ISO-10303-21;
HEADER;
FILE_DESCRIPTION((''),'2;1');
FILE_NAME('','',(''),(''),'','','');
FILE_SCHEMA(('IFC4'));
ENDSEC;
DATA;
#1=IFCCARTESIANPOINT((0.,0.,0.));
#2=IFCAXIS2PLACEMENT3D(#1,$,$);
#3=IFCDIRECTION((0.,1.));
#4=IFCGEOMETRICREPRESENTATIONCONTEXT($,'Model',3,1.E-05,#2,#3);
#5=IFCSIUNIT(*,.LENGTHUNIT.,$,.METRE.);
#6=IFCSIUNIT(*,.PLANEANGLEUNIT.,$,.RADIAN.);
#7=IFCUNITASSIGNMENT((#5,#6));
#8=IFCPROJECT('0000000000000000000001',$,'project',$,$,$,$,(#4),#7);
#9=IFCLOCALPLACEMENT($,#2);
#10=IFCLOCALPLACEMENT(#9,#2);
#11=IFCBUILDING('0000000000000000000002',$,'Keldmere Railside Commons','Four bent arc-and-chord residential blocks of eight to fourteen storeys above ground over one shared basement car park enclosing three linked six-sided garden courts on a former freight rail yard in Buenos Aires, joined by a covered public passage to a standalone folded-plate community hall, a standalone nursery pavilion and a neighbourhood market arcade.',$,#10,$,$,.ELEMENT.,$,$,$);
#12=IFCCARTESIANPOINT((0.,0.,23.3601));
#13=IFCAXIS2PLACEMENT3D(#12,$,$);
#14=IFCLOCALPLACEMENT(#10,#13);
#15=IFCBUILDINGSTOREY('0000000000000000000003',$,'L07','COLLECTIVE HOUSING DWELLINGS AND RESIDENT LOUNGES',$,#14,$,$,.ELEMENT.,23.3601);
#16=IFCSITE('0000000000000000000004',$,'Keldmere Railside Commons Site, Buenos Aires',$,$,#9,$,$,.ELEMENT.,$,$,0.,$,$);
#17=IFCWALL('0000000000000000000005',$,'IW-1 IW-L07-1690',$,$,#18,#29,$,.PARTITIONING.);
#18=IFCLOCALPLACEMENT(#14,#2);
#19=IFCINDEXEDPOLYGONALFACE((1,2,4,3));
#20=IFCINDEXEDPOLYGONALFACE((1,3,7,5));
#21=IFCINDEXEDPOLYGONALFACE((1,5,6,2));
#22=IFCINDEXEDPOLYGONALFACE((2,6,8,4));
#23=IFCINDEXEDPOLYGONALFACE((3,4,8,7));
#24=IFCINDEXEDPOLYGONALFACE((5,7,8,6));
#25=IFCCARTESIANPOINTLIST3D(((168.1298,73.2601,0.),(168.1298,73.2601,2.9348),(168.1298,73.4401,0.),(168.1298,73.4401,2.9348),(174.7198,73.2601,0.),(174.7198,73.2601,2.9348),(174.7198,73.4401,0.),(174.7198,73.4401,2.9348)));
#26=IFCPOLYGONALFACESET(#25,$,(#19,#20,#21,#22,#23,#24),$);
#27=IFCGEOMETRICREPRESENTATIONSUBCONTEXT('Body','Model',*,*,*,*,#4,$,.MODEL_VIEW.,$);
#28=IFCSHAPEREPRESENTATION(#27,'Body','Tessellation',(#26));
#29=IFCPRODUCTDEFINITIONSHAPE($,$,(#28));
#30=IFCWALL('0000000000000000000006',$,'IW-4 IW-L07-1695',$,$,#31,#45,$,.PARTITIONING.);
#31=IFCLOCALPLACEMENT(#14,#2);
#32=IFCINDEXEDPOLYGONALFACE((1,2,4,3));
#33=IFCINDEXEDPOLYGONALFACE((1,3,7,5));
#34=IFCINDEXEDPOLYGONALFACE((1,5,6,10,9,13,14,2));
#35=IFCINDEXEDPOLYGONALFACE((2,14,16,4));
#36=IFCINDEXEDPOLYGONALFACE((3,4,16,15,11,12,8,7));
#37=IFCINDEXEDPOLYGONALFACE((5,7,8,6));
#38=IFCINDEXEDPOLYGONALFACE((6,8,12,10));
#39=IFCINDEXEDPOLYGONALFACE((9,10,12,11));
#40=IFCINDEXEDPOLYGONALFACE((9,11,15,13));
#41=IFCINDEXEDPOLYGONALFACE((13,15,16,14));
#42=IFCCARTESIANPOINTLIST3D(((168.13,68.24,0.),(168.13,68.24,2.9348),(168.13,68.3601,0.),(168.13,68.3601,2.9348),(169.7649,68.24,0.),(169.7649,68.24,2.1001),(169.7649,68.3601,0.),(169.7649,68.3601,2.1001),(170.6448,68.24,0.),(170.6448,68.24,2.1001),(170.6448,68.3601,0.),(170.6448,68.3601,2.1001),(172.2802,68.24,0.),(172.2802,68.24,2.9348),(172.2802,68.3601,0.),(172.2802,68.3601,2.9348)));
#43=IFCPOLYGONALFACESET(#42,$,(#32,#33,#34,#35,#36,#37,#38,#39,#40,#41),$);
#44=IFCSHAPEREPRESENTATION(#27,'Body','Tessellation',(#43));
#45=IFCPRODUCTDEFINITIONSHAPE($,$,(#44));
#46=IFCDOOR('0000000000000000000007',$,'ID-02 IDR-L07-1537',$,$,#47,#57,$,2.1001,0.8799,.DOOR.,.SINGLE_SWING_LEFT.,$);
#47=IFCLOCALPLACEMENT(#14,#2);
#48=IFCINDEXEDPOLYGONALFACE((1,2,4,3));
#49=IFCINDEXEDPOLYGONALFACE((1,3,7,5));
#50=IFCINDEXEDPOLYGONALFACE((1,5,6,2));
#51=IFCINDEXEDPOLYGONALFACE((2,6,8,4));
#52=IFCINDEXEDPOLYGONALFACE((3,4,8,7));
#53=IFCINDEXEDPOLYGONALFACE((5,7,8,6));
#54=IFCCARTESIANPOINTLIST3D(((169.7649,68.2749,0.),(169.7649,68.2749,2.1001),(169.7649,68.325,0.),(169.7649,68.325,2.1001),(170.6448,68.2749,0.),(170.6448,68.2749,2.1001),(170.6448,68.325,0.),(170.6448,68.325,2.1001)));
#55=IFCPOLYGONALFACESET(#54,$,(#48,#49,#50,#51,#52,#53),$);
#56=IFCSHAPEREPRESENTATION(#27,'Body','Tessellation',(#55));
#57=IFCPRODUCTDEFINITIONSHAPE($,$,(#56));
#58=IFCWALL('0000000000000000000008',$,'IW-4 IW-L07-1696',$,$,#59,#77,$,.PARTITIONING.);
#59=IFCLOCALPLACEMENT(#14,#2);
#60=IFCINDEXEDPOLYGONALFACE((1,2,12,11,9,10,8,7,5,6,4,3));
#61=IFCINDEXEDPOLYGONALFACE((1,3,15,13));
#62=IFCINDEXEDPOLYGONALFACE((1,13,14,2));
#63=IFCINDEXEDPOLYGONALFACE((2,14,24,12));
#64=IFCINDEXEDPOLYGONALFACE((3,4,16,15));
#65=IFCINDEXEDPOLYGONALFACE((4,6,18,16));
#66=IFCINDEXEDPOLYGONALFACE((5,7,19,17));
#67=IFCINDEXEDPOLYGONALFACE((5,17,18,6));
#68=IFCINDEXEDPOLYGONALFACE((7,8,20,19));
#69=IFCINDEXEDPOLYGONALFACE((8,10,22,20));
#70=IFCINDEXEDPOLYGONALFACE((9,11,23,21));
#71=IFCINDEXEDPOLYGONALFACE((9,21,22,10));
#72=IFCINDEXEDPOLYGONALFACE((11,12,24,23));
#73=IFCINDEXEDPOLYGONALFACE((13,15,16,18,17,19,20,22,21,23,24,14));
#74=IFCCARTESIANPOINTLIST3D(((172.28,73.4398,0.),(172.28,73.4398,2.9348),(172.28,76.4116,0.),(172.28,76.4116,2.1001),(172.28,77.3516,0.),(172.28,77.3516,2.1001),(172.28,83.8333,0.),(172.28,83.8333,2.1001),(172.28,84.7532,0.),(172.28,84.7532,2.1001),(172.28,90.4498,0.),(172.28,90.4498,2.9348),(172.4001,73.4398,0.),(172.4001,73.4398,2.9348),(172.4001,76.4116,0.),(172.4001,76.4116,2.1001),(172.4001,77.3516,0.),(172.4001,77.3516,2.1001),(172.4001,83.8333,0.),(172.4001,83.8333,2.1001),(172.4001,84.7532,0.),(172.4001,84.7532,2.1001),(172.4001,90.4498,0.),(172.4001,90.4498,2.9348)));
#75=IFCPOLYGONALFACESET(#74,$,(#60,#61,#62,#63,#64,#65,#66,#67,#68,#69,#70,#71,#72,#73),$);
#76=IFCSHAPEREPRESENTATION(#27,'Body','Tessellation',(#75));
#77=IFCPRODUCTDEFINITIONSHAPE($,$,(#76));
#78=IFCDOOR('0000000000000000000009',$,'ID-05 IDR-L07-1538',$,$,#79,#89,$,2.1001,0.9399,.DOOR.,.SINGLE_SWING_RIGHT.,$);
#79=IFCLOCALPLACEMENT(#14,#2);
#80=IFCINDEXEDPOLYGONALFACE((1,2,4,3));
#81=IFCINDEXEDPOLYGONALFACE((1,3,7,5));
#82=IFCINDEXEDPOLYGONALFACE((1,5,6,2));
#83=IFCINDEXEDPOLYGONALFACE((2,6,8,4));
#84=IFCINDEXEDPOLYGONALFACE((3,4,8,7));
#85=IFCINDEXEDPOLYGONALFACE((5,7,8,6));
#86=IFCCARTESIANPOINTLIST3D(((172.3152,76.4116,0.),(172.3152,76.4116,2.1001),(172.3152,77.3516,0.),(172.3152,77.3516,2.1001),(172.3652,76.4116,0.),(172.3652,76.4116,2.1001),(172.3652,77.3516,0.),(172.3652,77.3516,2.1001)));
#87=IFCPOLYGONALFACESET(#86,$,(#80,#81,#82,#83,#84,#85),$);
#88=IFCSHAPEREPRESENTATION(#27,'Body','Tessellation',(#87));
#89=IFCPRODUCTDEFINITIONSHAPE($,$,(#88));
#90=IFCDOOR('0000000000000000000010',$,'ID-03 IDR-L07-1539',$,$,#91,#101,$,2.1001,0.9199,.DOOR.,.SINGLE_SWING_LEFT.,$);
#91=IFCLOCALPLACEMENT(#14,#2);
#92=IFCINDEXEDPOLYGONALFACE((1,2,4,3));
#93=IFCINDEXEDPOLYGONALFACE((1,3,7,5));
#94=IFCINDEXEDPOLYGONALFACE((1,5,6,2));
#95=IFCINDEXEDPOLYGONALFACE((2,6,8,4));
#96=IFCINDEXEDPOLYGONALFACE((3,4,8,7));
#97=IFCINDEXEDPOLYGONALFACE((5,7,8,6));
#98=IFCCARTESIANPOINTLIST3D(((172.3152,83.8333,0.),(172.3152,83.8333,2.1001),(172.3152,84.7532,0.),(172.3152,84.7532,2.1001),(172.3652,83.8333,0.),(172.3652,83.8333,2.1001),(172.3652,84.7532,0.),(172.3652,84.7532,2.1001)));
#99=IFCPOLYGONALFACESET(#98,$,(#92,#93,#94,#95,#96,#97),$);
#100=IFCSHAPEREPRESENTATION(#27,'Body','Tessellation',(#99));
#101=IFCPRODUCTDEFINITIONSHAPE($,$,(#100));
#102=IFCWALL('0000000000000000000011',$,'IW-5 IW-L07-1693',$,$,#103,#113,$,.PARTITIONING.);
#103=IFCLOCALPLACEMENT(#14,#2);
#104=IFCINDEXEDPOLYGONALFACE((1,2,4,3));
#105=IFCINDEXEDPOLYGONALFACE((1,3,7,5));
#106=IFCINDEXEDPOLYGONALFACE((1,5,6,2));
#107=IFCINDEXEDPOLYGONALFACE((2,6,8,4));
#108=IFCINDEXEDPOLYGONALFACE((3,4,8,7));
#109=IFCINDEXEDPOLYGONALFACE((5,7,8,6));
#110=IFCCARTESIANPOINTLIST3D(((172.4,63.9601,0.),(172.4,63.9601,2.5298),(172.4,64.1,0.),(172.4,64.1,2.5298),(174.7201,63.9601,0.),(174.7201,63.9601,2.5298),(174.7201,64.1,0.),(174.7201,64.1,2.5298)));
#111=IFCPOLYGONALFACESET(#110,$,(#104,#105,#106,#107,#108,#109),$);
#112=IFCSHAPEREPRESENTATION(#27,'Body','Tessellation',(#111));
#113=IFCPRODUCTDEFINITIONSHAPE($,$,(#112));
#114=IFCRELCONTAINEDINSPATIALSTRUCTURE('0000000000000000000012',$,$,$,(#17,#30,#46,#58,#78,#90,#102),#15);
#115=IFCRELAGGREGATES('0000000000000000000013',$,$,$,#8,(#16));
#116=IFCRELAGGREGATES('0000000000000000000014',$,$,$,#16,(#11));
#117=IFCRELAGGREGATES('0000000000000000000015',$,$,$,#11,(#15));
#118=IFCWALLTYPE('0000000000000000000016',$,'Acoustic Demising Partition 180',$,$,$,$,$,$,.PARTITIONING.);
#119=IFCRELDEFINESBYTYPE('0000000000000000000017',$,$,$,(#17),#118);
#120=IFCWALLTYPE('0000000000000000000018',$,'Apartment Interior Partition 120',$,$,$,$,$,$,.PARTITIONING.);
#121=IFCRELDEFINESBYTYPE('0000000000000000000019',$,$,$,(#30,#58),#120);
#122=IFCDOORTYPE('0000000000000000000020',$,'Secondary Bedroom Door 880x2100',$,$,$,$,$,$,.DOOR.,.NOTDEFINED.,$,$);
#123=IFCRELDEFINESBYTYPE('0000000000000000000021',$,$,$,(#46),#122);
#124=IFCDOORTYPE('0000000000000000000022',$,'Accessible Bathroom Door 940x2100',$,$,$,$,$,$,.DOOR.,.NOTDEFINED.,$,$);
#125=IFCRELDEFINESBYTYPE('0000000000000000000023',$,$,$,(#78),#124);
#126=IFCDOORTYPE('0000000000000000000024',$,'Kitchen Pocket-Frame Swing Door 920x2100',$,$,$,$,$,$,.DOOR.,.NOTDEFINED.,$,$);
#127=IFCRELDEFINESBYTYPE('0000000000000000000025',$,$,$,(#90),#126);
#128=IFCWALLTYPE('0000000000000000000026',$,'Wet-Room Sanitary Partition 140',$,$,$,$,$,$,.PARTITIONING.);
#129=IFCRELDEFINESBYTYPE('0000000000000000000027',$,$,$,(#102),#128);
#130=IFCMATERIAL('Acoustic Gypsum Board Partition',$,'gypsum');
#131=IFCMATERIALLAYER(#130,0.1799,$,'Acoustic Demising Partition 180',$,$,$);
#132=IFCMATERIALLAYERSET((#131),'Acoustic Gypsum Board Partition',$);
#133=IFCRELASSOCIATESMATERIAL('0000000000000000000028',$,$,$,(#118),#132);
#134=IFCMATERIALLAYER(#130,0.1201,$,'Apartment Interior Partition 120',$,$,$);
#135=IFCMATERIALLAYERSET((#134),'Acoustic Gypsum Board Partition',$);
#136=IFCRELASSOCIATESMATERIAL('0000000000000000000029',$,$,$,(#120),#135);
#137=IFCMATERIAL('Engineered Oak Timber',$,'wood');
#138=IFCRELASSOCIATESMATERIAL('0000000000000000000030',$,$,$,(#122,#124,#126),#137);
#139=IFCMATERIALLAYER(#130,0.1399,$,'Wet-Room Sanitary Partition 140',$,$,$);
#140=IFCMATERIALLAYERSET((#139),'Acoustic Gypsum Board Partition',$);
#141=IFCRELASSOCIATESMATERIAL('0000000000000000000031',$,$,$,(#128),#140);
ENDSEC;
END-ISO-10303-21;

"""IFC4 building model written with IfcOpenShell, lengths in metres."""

from ifc_helpers import new_model, si_unit, direction, frame, frame_2d, origin, place, context, subcontext, project, spatial, rectangle, extrude, material, layer, layer_set, type_object, element, fill, save


model = new_model("IFC4")

# Units and contexts
model_context = context("Model", 3, precision=1e-05, world=origin(), true_north=direction((0.0, 1.0)))
body_context = subcontext(model_context, "Body", "Model", "MODEL_VIEW")
ifc_project = project(units=[si_unit("LENGTHUNIT", "METRE"), si_unit("PLANEANGLEUNIT", "RADIAN")], contexts=[model_context])

# Site, building, storey
site_placement = place(None, origin())
site = spatial("IfcSite", under=ifc_project, at=site_placement, Name="Keldmere Railside Commons Site, Buenos Aires", CompositionType="ELEMENT", RefElevation=0.0)
building_placement = place(site_placement, origin())
building = spatial("IfcBuilding", under=site, at=building_placement, Name="Keldmere Railside Commons", Description="Four bent arc-and-chord residential blocks of eight to fourteen storeys above ground over one shared basement car park enclosing three linked six-sided garden courts on a former freight rail yard in Buenos Aires, joined by a covered public passage to a standalone folded-plate community hall, a standalone nursery pavilion and a neighbourhood market arcade.", CompositionType="ELEMENT")
storey_placement = place(building_placement, frame((0.0, 0.0, 23.3601)))
storey = spatial("IfcBuildingStorey", under=building, at=storey_placement, Name="L07", Description="COLLECTIVE HOUSING DWELLINGS AND RESIDENT LOUNGES", CompositionType="ELEMENT", Elevation=23.3601)

# Wall
ifc_material_1 = material(Name="Acoustic Gypsum Board Partition", Category="gypsum")
ifc_layer_1 = layer(ifc_material_1, 0.1799, Name="Acoustic Demising Partition 180")
ifc_layer_set_1 = layer_set([ifc_layer_1], Name="Acoustic Gypsum Board Partition")
wall_type_1 = type_object("IfcWallType", Name="Acoustic Demising Partition 180", PredefinedType="PARTITIONING", material=ifc_layer_set_1)
wall_1_placement = place(storey_placement, frame((168.1299, 73.3501, 0.0), z_axis=(0.0, 0.0, 1.0), x_axis=(1.0, 0.0, 0.0)))
element("IfcWall", 1, at=wall_1_placement, inside=storey, type_object=wall_type_1, Name="IW-1 IW-L07-1690", PredefinedType="PARTITIONING", context=body_context, shape_type="SweptSolid", body=[
    extrude(rectangle(XDim=6.5901, YDim=0.1799, at=frame_2d((3.2949, 0.0))), origin(), (0.0, 0.0, 1.0), 2.9348),
])

# Wall, opening, door
ifc_layer_2 = layer(ifc_material_1, 0.1201, Name="Apartment Interior Partition 120")
ifc_layer_set_2 = layer_set([ifc_layer_2], Name="Acoustic Gypsum Board Partition")
wall_type_2 = type_object("IfcWallType", Name="Apartment Interior Partition 120", PredefinedType="PARTITIONING", material=ifc_layer_set_2)
wall_2_placement = place(storey_placement, frame((168.1299, 68.3, 0.0), z_axis=(0.0, 0.0, 1.0), x_axis=(1.0, 0.0, 0.0)))
wall_2 = element("IfcWall", 2, at=wall_2_placement, inside=storey, type_object=wall_type_2, Name="IW-4 IW-L07-1695", PredefinedType="PARTITIONING", context=body_context, shape_type="SweptSolid", body=[
    extrude(rectangle(XDim=4.1501, YDim=0.1201, at=frame_2d((2.0752, 0.0))), origin(), (0.0, 0.0, 1.0), 2.9348),
])
opening_1_placement = place(wall_2_placement, frame((1.635, 0.0, 0.0)))
opening_1 = element("IfcOpeningElement", 3, at=opening_1_placement, cuts=wall_2, PredefinedType="OPENING", context=body_context, shape_type="SweptSolid", body=[
    extrude(rectangle(XDim=0.8799, YDim=2.1001, at=frame_2d((0.4399, 1.05))), frame((0.0, 0.0701, 0.0), z_axis=(0.0, -1.0, 0.0), x_axis=(1.0, 0.0, 0.0)), (0.0, 0.0, 1.0), 0.1401),
])
ifc_material_2 = material(Name="Engineered Oak Timber", Category="wood")
door_type_1 = type_object("IfcDoorType", Name="Secondary Bedroom Door 880x2100", OperationType="NOTDEFINED", PredefinedType="DOOR", material=ifc_material_2)
door_1_placement = place(opening_1_placement, origin())
door_1 = element("IfcDoor", 4, at=door_1_placement, inside=storey, type_object=door_type_1, Name="ID-02 IDR-L07-1537", OperationType="SINGLE_SWING_LEFT", OverallHeight=2.1001, OverallWidth=0.8799, PredefinedType="DOOR", context=body_context, shape_type="SweptSolid", body=[
    extrude(rectangle(XDim=0.8799, YDim=2.1001, at=frame_2d((0.4399, 1.05))), frame((0.0, 0.0249, 0.0), z_axis=(0.0, -1.0, 0.0), x_axis=(1.0, 0.0, 0.0)), (0.0, 0.0, 1.0), 0.05),
])
fill(opening_1, door_1)

# Wall, openings, doors
wall_3_placement = place(storey_placement, frame((172.3401, 73.4399, 0.0), z_axis=(0.0, 0.0, 1.0), x_axis=(0.0, 1.0, 0.0)))
wall_3 = element("IfcWall", 5, at=wall_3_placement, inside=storey, type_object=wall_type_2, Name="IW-4 IW-L07-1696", PredefinedType="PARTITIONING", context=body_context, shape_type="SweptSolid", body=[
    extrude(rectangle(XDim=17.01, YDim=0.1201, at=frame_2d((8.5049, 0.0))), origin(), (0.0, 0.0, 1.0), 2.9348),
])
opening_2_placement = place(wall_3_placement, frame((2.9717, 0.0, 0.0)))
opening_2 = element("IfcOpeningElement", 6, at=opening_2_placement, cuts=wall_3, PredefinedType="OPENING", context=body_context, shape_type="SweptSolid", body=[
    extrude(rectangle(XDim=0.9399, YDim=2.1001, at=frame_2d((0.47, 1.05))), frame((0.0, 0.0701, 0.0), z_axis=(0.0, -1.0, 0.0), x_axis=(1.0, 0.0, 0.0)), (0.0, 0.0, 1.0), 0.1401),
])
opening_3_placement = place(wall_3_placement, frame((10.3933, 0.0, 0.0)))
opening_3 = element("IfcOpeningElement", 7, at=opening_3_placement, cuts=wall_3, PredefinedType="OPENING", context=body_context, shape_type="SweptSolid", body=[
    extrude(rectangle(XDim=0.9199, YDim=2.1001, at=frame_2d((0.46, 1.05))), frame((0.0, 0.0701, 0.0), z_axis=(0.0, -1.0, 0.0), x_axis=(1.0, 0.0, 0.0)), (0.0, 0.0, 1.0), 0.1401),
])
door_type_2 = type_object("IfcDoorType", Name="Accessible Bathroom Door 940x2100", OperationType="NOTDEFINED", PredefinedType="DOOR", material=ifc_material_2)
door_2_placement = place(opening_2_placement, origin())
door_2 = element("IfcDoor", 8, at=door_2_placement, inside=storey, type_object=door_type_2, Name="ID-05 IDR-L07-1538", OperationType="SINGLE_SWING_RIGHT", OverallHeight=2.1001, OverallWidth=0.9399, PredefinedType="DOOR", context=body_context, shape_type="SweptSolid", body=[
    extrude(rectangle(XDim=0.9399, YDim=2.1001, at=frame_2d((0.47, 1.05))), frame((0.0, 0.0249, 0.0), z_axis=(0.0, -1.0, 0.0), x_axis=(1.0, 0.0, 0.0)), (0.0, 0.0, 1.0), 0.05),
])
fill(opening_2, door_2)
door_type_3 = type_object("IfcDoorType", Name="Kitchen Pocket-Frame Swing Door 920x2100", OperationType="NOTDEFINED", PredefinedType="DOOR", material=ifc_material_2)
door_3_placement = place(opening_3_placement, origin())
door_3 = element("IfcDoor", 9, at=door_3_placement, inside=storey, type_object=door_type_3, Name="ID-03 IDR-L07-1539", OperationType="SINGLE_SWING_LEFT", OverallHeight=2.1001, OverallWidth=0.9199, PredefinedType="DOOR", context=body_context, shape_type="SweptSolid", body=[
    extrude(rectangle(XDim=0.9199, YDim=2.1001, at=frame_2d((0.46, 1.05))), frame((0.0, 0.0249, 0.0), z_axis=(0.0, -1.0, 0.0), x_axis=(1.0, 0.0, 0.0)), (0.0, 0.0, 1.0), 0.05),
])
fill(opening_3, door_3)

# Wall
ifc_layer_3 = layer(ifc_material_1, 0.1399, Name="Wet-Room Sanitary Partition 140")
ifc_layer_set_3 = layer_set([ifc_layer_3], Name="Acoustic Gypsum Board Partition")
wall_type_3 = type_object("IfcWallType", Name="Wet-Room Sanitary Partition 140", PredefinedType="PARTITIONING", material=ifc_layer_set_3)
wall_4_placement = place(storey_placement, frame((172.3999, 64.03, 0.0), z_axis=(0.0, 0.0, 1.0), x_axis=(1.0, 0.0, 0.0)))
element("IfcWall", 10, at=wall_4_placement, inside=storey, type_object=wall_type_3, Name="IW-5 IW-L07-1693", PredefinedType="PARTITIONING", context=body_context, shape_type="SweptSolid", body=[
    extrude(rectangle(XDim=2.3201, YDim=0.1399, at=frame_2d((1.1602, 0.0))), origin(), (0.0, 0.0, 1.0), 2.5298),
])

save(model, "model.ifc")
